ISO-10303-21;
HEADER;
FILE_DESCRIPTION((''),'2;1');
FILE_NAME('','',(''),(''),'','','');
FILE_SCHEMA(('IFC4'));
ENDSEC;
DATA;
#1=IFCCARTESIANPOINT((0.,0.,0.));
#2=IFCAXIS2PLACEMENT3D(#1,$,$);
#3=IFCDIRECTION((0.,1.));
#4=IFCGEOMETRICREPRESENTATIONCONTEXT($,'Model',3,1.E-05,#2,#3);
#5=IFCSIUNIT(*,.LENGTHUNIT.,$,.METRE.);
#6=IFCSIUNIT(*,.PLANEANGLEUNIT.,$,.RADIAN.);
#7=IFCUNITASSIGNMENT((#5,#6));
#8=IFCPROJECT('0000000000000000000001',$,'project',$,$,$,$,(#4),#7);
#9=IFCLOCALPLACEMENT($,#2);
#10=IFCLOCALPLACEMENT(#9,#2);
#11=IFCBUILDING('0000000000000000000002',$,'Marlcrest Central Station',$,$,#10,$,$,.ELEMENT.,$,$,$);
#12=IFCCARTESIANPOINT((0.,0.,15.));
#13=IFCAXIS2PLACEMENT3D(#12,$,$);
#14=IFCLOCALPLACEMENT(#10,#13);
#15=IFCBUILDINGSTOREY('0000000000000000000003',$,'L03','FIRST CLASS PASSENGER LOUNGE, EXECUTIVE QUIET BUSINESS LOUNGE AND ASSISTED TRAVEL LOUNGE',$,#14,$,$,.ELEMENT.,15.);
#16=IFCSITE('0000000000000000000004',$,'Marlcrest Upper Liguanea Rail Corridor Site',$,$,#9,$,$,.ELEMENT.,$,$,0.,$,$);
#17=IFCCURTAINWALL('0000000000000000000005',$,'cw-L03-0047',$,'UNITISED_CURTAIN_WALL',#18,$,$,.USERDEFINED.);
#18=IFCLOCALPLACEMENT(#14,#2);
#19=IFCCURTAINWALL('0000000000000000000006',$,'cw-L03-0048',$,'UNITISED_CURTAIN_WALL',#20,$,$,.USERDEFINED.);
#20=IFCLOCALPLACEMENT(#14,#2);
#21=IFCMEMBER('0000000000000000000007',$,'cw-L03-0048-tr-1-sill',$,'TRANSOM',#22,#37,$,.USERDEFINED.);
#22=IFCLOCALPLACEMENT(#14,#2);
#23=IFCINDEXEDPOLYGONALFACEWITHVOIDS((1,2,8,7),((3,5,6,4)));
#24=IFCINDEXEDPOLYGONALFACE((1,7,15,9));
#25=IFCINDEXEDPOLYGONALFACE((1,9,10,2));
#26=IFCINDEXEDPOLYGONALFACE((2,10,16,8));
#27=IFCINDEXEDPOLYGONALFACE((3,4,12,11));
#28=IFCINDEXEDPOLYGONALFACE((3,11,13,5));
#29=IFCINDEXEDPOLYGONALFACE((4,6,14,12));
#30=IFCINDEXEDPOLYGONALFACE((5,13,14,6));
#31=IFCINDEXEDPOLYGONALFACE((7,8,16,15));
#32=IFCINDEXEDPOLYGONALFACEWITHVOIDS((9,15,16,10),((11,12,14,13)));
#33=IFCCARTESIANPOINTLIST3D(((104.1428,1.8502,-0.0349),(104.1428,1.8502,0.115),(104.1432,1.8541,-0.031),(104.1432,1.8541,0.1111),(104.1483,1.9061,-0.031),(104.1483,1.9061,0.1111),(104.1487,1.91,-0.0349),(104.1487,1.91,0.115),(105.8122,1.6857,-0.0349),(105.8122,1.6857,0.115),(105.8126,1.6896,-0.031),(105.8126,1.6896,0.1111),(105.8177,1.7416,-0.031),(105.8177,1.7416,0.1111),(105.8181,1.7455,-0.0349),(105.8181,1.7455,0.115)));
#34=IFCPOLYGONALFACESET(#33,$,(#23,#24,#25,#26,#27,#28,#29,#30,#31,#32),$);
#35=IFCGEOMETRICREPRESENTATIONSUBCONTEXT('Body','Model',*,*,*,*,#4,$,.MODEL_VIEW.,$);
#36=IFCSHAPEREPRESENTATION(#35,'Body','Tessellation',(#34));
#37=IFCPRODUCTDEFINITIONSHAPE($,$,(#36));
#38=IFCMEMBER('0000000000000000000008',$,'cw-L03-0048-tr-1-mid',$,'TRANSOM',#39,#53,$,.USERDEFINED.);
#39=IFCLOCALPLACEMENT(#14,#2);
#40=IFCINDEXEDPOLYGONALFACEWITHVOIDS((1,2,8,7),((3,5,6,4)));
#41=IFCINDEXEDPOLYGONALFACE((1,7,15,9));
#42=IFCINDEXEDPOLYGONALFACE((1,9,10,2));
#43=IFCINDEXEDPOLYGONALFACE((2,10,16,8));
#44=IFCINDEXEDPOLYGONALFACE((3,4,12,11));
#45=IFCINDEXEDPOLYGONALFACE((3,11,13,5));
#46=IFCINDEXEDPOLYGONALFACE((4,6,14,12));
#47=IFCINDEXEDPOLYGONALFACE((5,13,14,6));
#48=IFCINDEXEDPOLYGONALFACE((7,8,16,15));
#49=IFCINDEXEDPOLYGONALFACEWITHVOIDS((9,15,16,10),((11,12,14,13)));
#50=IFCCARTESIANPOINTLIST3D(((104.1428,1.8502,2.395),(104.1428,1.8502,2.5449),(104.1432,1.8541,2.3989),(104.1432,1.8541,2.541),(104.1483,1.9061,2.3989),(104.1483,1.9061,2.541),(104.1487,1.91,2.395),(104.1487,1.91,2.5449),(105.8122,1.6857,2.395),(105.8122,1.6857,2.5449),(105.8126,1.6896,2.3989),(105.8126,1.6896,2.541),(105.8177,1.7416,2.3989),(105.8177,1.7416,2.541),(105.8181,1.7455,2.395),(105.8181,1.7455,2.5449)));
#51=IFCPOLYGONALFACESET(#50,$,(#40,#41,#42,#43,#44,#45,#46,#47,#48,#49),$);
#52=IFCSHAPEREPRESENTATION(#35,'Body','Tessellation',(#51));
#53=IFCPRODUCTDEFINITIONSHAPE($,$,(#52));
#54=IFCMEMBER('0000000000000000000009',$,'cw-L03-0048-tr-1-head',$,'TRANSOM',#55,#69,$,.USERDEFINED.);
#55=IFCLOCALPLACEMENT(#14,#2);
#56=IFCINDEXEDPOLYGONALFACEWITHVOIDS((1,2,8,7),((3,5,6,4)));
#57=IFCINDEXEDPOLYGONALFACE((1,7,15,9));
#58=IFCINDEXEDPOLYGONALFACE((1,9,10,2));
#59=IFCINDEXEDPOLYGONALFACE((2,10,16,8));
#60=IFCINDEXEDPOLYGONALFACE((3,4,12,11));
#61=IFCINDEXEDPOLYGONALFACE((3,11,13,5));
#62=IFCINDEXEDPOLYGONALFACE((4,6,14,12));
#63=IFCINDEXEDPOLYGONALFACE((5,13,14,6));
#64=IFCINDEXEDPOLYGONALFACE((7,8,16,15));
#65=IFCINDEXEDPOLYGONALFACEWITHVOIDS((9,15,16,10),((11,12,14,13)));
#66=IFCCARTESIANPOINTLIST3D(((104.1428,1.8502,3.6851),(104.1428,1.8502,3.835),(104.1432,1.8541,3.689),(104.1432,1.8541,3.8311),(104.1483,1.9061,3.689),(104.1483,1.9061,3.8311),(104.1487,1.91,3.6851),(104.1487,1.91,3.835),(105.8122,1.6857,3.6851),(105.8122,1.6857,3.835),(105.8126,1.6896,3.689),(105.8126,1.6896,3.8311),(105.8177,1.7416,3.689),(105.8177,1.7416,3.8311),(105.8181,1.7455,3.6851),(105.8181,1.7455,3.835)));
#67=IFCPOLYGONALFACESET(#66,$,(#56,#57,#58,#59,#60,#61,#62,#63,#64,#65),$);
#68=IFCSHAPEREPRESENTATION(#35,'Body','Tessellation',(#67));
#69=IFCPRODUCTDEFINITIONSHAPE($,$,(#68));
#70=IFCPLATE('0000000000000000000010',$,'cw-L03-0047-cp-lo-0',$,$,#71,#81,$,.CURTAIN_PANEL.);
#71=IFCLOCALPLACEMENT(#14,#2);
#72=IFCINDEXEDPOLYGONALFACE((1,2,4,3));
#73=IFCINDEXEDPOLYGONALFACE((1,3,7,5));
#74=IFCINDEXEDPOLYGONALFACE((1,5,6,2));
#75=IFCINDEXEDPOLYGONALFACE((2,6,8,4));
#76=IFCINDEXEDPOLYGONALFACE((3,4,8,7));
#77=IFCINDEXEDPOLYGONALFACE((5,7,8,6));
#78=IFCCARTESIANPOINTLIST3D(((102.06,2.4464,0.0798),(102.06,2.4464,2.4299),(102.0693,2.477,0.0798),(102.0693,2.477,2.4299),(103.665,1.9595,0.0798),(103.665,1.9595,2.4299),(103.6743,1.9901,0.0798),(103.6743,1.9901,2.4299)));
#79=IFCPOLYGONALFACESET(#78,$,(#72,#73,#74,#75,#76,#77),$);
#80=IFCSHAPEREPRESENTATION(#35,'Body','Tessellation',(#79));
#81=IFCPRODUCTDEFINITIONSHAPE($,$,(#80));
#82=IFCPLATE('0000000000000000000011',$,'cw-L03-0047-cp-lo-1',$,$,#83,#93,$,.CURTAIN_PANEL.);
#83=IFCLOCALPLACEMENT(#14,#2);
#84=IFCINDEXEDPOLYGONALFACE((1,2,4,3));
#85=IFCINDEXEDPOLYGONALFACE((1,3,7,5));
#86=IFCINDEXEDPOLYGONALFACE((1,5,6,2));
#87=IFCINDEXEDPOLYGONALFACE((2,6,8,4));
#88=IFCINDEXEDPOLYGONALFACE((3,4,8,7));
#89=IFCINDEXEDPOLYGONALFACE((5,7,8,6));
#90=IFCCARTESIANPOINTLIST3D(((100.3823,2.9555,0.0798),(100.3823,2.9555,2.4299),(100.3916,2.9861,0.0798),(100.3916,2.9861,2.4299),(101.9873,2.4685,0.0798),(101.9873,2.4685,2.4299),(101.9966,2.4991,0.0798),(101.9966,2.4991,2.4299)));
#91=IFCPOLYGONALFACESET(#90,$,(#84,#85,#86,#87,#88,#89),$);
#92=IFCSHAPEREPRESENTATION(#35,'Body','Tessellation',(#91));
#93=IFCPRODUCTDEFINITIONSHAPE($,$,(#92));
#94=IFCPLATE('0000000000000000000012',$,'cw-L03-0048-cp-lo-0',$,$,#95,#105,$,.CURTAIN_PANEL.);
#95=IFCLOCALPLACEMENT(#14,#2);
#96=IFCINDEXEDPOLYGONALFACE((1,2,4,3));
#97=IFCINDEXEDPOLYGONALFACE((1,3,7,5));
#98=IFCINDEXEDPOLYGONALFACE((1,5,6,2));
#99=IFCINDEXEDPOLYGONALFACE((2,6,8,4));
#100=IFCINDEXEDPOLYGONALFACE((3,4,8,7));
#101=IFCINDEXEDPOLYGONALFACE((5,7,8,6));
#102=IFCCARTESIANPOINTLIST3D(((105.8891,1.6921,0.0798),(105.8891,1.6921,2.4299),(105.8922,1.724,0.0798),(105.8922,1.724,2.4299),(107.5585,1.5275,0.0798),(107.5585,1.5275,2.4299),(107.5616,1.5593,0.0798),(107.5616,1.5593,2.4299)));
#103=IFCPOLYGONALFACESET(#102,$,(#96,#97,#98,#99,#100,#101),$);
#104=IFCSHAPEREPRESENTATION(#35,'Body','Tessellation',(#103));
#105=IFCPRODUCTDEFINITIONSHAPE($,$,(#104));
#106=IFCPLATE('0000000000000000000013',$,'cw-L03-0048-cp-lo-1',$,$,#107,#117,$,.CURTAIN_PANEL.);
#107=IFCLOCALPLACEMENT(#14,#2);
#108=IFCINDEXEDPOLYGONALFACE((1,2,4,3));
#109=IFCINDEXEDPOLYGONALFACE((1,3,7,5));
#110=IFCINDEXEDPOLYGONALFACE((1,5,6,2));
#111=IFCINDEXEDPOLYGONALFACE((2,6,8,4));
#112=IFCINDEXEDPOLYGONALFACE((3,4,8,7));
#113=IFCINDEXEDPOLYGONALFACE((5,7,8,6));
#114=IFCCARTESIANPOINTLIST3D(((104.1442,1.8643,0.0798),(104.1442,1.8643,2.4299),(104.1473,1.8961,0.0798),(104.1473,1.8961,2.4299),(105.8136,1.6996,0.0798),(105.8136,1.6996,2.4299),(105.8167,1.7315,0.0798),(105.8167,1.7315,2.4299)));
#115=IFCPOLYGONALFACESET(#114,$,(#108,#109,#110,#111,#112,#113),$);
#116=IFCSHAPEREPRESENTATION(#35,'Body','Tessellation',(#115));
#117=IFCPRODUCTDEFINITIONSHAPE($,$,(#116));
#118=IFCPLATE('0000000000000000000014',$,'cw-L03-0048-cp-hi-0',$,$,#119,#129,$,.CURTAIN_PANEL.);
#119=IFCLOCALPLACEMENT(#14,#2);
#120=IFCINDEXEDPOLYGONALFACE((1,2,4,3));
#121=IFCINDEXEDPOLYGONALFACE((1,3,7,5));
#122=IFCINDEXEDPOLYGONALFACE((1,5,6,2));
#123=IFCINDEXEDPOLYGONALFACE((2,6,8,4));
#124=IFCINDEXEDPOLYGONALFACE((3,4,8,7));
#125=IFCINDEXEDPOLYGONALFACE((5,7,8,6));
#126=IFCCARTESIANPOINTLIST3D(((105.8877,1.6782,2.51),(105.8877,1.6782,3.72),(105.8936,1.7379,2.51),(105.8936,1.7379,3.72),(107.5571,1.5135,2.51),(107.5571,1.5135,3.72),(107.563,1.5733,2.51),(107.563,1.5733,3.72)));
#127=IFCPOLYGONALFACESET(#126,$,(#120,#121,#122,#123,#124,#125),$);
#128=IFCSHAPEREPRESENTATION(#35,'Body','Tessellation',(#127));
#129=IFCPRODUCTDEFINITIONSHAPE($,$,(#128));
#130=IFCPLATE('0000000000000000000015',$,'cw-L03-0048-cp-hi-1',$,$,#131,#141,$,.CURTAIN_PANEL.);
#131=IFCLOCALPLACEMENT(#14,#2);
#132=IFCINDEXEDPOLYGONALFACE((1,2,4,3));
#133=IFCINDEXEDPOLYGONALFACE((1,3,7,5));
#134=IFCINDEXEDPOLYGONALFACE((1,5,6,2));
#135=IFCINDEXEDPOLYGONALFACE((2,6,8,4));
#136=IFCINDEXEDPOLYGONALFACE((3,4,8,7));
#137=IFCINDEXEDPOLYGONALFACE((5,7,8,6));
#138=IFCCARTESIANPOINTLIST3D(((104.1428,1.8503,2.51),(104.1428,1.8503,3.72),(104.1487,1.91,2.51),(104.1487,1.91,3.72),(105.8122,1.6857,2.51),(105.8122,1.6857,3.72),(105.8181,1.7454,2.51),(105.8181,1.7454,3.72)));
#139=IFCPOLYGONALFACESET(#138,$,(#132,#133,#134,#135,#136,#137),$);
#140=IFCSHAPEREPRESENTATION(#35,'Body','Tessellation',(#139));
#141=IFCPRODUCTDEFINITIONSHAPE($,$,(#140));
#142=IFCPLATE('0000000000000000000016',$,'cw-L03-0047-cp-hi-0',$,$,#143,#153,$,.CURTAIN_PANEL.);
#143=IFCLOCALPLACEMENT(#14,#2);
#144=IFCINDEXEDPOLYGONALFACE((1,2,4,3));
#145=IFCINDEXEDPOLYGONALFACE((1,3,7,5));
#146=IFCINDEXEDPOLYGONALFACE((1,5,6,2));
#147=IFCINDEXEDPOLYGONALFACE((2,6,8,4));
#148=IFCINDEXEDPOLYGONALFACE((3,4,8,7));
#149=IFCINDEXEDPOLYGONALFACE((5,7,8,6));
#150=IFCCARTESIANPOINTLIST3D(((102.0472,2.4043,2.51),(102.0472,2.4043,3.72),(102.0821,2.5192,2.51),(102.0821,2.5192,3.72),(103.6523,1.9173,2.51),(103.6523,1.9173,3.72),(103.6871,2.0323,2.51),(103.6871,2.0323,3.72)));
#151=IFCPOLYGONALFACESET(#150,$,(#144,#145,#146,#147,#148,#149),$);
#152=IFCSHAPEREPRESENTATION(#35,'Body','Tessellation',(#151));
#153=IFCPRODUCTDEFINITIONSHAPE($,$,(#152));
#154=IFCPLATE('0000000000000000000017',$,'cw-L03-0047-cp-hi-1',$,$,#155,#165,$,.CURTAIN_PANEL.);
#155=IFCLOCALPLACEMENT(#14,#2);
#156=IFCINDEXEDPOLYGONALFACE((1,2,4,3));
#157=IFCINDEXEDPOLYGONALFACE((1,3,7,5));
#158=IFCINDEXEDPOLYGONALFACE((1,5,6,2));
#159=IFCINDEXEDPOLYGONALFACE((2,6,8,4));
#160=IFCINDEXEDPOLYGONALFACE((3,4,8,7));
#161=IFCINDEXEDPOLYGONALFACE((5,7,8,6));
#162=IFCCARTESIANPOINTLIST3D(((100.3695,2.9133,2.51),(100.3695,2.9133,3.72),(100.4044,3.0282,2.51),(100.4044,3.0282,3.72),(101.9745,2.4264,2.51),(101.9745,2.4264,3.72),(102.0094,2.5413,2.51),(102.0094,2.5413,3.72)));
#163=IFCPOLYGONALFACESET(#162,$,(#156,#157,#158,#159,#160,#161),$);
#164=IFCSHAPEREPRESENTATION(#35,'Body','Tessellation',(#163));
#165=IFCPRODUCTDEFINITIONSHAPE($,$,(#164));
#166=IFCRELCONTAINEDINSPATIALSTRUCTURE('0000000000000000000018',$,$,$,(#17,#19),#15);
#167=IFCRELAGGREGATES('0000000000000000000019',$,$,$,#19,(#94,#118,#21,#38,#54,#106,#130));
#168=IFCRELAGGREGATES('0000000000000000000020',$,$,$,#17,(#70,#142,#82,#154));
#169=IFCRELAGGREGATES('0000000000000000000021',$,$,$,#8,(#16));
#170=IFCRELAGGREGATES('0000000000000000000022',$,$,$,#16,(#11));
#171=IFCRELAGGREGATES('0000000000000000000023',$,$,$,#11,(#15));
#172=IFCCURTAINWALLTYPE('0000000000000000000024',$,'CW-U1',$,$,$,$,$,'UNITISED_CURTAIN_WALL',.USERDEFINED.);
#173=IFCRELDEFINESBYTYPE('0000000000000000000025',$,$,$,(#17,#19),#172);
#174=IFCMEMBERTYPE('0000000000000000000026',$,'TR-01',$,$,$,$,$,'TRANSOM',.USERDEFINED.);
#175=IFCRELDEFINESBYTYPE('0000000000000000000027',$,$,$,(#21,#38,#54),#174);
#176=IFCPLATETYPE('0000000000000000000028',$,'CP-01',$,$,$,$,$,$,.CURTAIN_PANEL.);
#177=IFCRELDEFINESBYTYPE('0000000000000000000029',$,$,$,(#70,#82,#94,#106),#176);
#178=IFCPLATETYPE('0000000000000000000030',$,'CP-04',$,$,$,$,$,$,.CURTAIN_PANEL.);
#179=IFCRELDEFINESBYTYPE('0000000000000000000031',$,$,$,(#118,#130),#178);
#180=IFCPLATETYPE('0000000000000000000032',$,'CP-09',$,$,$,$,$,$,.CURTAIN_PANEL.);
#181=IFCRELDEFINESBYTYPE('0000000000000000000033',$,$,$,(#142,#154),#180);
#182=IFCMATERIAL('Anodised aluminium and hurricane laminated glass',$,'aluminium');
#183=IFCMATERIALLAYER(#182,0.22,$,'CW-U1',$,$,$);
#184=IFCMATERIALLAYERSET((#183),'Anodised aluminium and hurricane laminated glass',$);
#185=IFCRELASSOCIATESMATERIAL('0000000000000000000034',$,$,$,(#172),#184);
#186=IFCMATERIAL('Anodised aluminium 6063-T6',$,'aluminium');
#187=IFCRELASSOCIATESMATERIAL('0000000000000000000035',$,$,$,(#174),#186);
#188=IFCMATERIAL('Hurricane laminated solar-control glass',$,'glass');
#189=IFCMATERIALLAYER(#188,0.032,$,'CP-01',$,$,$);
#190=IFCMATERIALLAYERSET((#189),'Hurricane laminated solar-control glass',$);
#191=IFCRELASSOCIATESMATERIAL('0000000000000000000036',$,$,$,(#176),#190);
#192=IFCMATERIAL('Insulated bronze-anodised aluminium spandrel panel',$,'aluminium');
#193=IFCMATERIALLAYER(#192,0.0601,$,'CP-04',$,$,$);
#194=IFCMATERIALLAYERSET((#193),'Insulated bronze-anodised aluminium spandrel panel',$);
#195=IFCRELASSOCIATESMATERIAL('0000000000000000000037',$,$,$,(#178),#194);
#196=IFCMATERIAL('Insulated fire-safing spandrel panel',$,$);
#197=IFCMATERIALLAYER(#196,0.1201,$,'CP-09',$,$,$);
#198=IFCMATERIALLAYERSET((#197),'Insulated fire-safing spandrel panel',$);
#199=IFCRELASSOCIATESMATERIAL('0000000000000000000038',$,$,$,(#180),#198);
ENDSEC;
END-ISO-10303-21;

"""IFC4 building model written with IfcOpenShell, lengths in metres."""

from ifc_helpers import new_model, si_unit, direction, frame, origin, origin_2d, place, context, subcontext, project, spatial, rectangle, hollow_rectangle, extrude, material, layer, layer_set, material_profile, profile_set, type_object, element, aggregate, save


model = new_model("IFC4")

# Units and contexts
model_context = context("Model", 3, precision=1e-05, world=origin(), true_north=direction((0.0, 1.0)))
body_context = subcontext(model_context, "Body", "Model", "MODEL_VIEW")
ifc_project = project(units=[si_unit("LENGTHUNIT", "METRE"), si_unit("PLANEANGLEUNIT", "RADIAN")], contexts=[model_context])

# Site, building, storey
site_placement = place(None, origin())
site = spatial("IfcSite", under=ifc_project, at=site_placement, Name="Marlcrest Upper Liguanea Rail Corridor Site", CompositionType="ELEMENT", RefElevation=0.0)
building_placement = place(site_placement, origin())
building = spatial("IfcBuilding", under=site, at=building_placement, Name="Marlcrest Central Station", CompositionType="ELEMENT")
storey_placement = place(building_placement, frame((0.0, 0.0, 15.0)))
storey = spatial("IfcBuildingStorey", under=building, at=storey_placement, Name="L03", Description="FIRST CLASS PASSENGER LOUNGE, EXECUTIVE QUIET BUSINESS LOUNGE AND ASSISTED TRAVEL LOUNGE", CompositionType="ELEMENT", Elevation=15.0)

# Curtain walls
ifc_material_1 = material(Name="Anodised aluminium and hurricane laminated glass", Category="aluminium")
ifc_layer_1 = layer(ifc_material_1, 0.22, Name="CW-U1")
ifc_layer_set_1 = layer_set([ifc_layer_1], Name="Anodised aluminium and hurricane laminated glass")
curtain_wall_type = type_object("IfcCurtainWallType", Name="CW-U1", ElementType="UNITISED_CURTAIN_WALL", PredefinedType="USERDEFINED", material=ifc_layer_set_1)
curtain_wall_1_placement = place(storey_placement, origin())
curtain_wall_1 = element("IfcCurtainWall", 1, at=curtain_wall_1_placement, inside=storey, type_object=curtain_wall_type, Name="cw-L03-0047", ObjectType="UNITISED_CURTAIN_WALL", PredefinedType="USERDEFINED")
ifc_material_2 = material(Name="Anodised aluminium 6063-T6", Category="aluminium")
curtain_wall_2_placement = place(storey_placement, origin())
curtain_wall_2 = element("IfcCurtainWall", 2, at=curtain_wall_2_placement, inside=storey, type_object=curtain_wall_type, Name="cw-L03-0048", ObjectType="UNITISED_CURTAIN_WALL", PredefinedType="USERDEFINED")

# Members
ifc_material_profile_1 = material_profile(ifc_material_2, hollow_rectangle(XDim=0.0601, YDim=0.1499, WallThickness=0.0039, at=origin_2d()), Name="AA-RHS 150x60x4")
ifc_profile_set_1 = profile_set([ifc_material_profile_1], Name="Anodised aluminium 6063-T6")
member_type_1 = type_object("IfcMemberType", Name="TR-01", ElementType="TRANSOM", PredefinedType="USERDEFINED", material=ifc_profile_set_1)
member_1_placement = place(storey_placement, frame((105.8152, 1.7156, 0.04), z_axis=(-0.995177, 0.098091, 0.0), x_axis=(-0.098091, -0.995177, 0.0)))
member_1 = element("IfcMember", 3, at=member_1_placement, type_object=member_type_1, Name="cw-L03-0048-tr-1-sill", ObjectType="TRANSOM", PredefinedType="USERDEFINED", context=body_context, shape_type="SweptSolid", body=[
    extrude(hollow_rectangle(XDim=0.0601, YDim=0.1499, WallThickness=0.0039, at=origin_2d()), origin(), (0.0, 0.0, 1.0), 1.6775),
])
member_2_placement = place(storey_placement, frame((105.8152, 1.7156, 2.47), z_axis=(-0.995177, 0.098091, 0.0), x_axis=(-0.098091, -0.995177, 0.0)))
member_2 = element("IfcMember", 4, at=member_2_placement, type_object=member_type_1, Name="cw-L03-0048-tr-1-mid", ObjectType="TRANSOM", PredefinedType="USERDEFINED", context=body_context, shape_type="SweptSolid", body=[
    extrude(hollow_rectangle(XDim=0.0601, YDim=0.1499, WallThickness=0.0039, at=origin_2d()), origin(), (0.0, 0.0, 1.0), 1.6775),
])
member_3_placement = place(storey_placement, frame((105.8152, 1.7156, 3.76), z_axis=(-0.995177, 0.098091, 0.0), x_axis=(-0.098091, -0.995177, 0.0)))
member_3 = element("IfcMember", 5, at=member_3_placement, type_object=member_type_1, Name="cw-L03-0048-tr-1-head", ObjectType="TRANSOM", PredefinedType="USERDEFINED", context=body_context, shape_type="SweptSolid", body=[
    extrude(hollow_rectangle(XDim=0.0601, YDim=0.1499, WallThickness=0.0039, at=origin_2d()), origin(), (0.0, 0.0, 1.0), 1.6775),
])

# Plates
ifc_material_3 = material(Name="Hurricane laminated solar-control glass", Category="glass")
ifc_layer_2 = layer(ifc_material_3, 0.032, Name="CP-01")
ifc_layer_set_2 = layer_set([ifc_layer_2], Name="Hurricane laminated solar-control glass")
plate_type_1 = type_object("IfcPlateType", Name="CP-01", PredefinedType="CURTAIN_PANEL", material=ifc_layer_set_2)
plate_1_placement = place(storey_placement, frame((102.8672, 2.2183, 0.0798), z_axis=(0.0, 0.0, 1.0), x_axis=(-0.95693, 0.290318, 0.0)))
plate_1 = element("IfcPlate", 6, at=plate_1_placement, type_object=plate_type_1, Name="cw-L03-0047-cp-lo-0", PredefinedType="CURTAIN_PANEL", context=body_context, shape_type="SweptSolid", body=[
    extrude(rectangle(XDim=1.6772, YDim=0.032, at=origin_2d()), origin(), (0.0, 0.0, 1.0), 2.3501),
])
plate_2_placement = place(storey_placement, frame((101.1895, 2.7273, 0.0798), z_axis=(0.0, 0.0, 1.0), x_axis=(-0.95693, 0.290318, 0.0)))
plate_2 = element("IfcPlate", 7, at=plate_2_placement, type_object=plate_type_1, Name="cw-L03-0047-cp-lo-1", PredefinedType="CURTAIN_PANEL", context=body_context, shape_type="SweptSolid", body=[
    extrude(rectangle(XDim=1.6772, YDim=0.032, at=origin_2d()), origin(), (0.0, 0.0, 1.0), 2.3501),
])
plate_3_placement = place(storey_placement, frame((106.7253, 1.6257, 0.0798), z_axis=(0.0, 0.0, 1.0), x_axis=(-0.995173, 0.098139, 0.0)))
plate_3 = element("IfcPlate", 8, at=plate_3_placement, type_object=plate_type_1, Name="cw-L03-0048-cp-lo-0", PredefinedType="CURTAIN_PANEL", context=body_context, shape_type="SweptSolid", body=[
    extrude(rectangle(XDim=1.6775, YDim=0.032, at=origin_2d()), origin(), (0.0, 0.0, 1.0), 2.3501),
])
plate_4_placement = place(storey_placement, frame((104.9805, 1.7979, 0.0798), z_axis=(0.0, 0.0, 1.0), x_axis=(-0.995173, 0.098139, 0.0)))
plate_4 = element("IfcPlate", 9, at=plate_4_placement, type_object=plate_type_1, Name="cw-L03-0048-cp-lo-1", PredefinedType="CURTAIN_PANEL", context=body_context, shape_type="SweptSolid", body=[
    extrude(rectangle(XDim=1.6775, YDim=0.032, at=origin_2d()), origin(), (0.0, 0.0, 1.0), 2.3501),
])
ifc_material_4 = material(Name="Insulated bronze-anodised aluminium spandrel panel", Category="aluminium")
ifc_layer_3 = layer(ifc_material_4, 0.0601, Name="CP-04")
ifc_layer_set_3 = layer_set([ifc_layer_3], Name="Insulated bronze-anodised aluminium spandrel panel")
plate_type_2 = type_object("IfcPlateType", Name="CP-04", PredefinedType="CURTAIN_PANEL", material=ifc_layer_set_3)
plate_5_placement = place(storey_placement, frame((106.7253, 1.6257, 2.51), z_axis=(0.0, 0.0, 1.0), x_axis=(-0.995173, 0.098139, 0.0)))
plate_5 = element("IfcPlate", 10, at=plate_5_placement, type_object=plate_type_2, Name="cw-L03-0048-cp-hi-0", PredefinedType="CURTAIN_PANEL", context=body_context, shape_type="SweptSolid", body=[
    extrude(rectangle(XDim=1.6775, YDim=0.0601, at=origin_2d()), origin(), (0.0, 0.0, 1.0), 1.21),
])
plate_6_placement = place(storey_placement, frame((104.9805, 1.7979, 2.51), z_axis=(0.0, 0.0, 1.0), x_axis=(-0.995173, 0.098139, 0.0)))
plate_6 = element("IfcPlate", 11, at=plate_6_placement, type_object=plate_type_2, Name="cw-L03-0048-cp-hi-1", PredefinedType="CURTAIN_PANEL", context=body_context, shape_type="SweptSolid", body=[
    extrude(rectangle(XDim=1.6775, YDim=0.0601, at=origin_2d()), origin(), (0.0, 0.0, 1.0), 1.21),
])
aggregate(curtain_wall_2, [plate_3, plate_5, member_1, member_2, member_3, plate_4, plate_6])
ifc_material_5 = material(Name="Insulated fire-safing spandrel panel")
ifc_layer_4 = layer(ifc_material_5, 0.1201, Name="CP-09")
ifc_layer_set_4 = layer_set([ifc_layer_4], Name="Insulated fire-safing spandrel panel")
plate_type_3 = type_object("IfcPlateType", Name="CP-09", PredefinedType="CURTAIN_PANEL", material=ifc_layer_set_4)
plate_7_placement = place(storey_placement, frame((102.8672, 2.2183, 2.51), z_axis=(0.0, 0.0, 1.0), x_axis=(-0.95693, 0.290318, 0.0)))
plate_7 = element("IfcPlate", 12, at=plate_7_placement, type_object=plate_type_3, Name="cw-L03-0047-cp-hi-0", PredefinedType="CURTAIN_PANEL", context=body_context, shape_type="SweptSolid", body=[
    extrude(rectangle(XDim=1.6772, YDim=0.1201, at=origin_2d()), origin(), (0.0, 0.0, 1.0), 1.21),
])
plate_8_placement = place(storey_placement, frame((101.1895, 2.7273, 2.51), z_axis=(0.0, 0.0, 1.0), x_axis=(-0.95693, 0.290318, 0.0)))
plate_8 = element("IfcPlate", 13, at=plate_8_placement, type_object=plate_type_3, Name="cw-L03-0047-cp-hi-1", PredefinedType="CURTAIN_PANEL", context=body_context, shape_type="SweptSolid", body=[
    extrude(rectangle(XDim=1.6772, YDim=0.1201, at=origin_2d()), origin(), (0.0, 0.0, 1.0), 1.21),
])
aggregate(curtain_wall_1, [plate_1, plate_7, plate_2, plate_8])

save(model, "model.ifc")
